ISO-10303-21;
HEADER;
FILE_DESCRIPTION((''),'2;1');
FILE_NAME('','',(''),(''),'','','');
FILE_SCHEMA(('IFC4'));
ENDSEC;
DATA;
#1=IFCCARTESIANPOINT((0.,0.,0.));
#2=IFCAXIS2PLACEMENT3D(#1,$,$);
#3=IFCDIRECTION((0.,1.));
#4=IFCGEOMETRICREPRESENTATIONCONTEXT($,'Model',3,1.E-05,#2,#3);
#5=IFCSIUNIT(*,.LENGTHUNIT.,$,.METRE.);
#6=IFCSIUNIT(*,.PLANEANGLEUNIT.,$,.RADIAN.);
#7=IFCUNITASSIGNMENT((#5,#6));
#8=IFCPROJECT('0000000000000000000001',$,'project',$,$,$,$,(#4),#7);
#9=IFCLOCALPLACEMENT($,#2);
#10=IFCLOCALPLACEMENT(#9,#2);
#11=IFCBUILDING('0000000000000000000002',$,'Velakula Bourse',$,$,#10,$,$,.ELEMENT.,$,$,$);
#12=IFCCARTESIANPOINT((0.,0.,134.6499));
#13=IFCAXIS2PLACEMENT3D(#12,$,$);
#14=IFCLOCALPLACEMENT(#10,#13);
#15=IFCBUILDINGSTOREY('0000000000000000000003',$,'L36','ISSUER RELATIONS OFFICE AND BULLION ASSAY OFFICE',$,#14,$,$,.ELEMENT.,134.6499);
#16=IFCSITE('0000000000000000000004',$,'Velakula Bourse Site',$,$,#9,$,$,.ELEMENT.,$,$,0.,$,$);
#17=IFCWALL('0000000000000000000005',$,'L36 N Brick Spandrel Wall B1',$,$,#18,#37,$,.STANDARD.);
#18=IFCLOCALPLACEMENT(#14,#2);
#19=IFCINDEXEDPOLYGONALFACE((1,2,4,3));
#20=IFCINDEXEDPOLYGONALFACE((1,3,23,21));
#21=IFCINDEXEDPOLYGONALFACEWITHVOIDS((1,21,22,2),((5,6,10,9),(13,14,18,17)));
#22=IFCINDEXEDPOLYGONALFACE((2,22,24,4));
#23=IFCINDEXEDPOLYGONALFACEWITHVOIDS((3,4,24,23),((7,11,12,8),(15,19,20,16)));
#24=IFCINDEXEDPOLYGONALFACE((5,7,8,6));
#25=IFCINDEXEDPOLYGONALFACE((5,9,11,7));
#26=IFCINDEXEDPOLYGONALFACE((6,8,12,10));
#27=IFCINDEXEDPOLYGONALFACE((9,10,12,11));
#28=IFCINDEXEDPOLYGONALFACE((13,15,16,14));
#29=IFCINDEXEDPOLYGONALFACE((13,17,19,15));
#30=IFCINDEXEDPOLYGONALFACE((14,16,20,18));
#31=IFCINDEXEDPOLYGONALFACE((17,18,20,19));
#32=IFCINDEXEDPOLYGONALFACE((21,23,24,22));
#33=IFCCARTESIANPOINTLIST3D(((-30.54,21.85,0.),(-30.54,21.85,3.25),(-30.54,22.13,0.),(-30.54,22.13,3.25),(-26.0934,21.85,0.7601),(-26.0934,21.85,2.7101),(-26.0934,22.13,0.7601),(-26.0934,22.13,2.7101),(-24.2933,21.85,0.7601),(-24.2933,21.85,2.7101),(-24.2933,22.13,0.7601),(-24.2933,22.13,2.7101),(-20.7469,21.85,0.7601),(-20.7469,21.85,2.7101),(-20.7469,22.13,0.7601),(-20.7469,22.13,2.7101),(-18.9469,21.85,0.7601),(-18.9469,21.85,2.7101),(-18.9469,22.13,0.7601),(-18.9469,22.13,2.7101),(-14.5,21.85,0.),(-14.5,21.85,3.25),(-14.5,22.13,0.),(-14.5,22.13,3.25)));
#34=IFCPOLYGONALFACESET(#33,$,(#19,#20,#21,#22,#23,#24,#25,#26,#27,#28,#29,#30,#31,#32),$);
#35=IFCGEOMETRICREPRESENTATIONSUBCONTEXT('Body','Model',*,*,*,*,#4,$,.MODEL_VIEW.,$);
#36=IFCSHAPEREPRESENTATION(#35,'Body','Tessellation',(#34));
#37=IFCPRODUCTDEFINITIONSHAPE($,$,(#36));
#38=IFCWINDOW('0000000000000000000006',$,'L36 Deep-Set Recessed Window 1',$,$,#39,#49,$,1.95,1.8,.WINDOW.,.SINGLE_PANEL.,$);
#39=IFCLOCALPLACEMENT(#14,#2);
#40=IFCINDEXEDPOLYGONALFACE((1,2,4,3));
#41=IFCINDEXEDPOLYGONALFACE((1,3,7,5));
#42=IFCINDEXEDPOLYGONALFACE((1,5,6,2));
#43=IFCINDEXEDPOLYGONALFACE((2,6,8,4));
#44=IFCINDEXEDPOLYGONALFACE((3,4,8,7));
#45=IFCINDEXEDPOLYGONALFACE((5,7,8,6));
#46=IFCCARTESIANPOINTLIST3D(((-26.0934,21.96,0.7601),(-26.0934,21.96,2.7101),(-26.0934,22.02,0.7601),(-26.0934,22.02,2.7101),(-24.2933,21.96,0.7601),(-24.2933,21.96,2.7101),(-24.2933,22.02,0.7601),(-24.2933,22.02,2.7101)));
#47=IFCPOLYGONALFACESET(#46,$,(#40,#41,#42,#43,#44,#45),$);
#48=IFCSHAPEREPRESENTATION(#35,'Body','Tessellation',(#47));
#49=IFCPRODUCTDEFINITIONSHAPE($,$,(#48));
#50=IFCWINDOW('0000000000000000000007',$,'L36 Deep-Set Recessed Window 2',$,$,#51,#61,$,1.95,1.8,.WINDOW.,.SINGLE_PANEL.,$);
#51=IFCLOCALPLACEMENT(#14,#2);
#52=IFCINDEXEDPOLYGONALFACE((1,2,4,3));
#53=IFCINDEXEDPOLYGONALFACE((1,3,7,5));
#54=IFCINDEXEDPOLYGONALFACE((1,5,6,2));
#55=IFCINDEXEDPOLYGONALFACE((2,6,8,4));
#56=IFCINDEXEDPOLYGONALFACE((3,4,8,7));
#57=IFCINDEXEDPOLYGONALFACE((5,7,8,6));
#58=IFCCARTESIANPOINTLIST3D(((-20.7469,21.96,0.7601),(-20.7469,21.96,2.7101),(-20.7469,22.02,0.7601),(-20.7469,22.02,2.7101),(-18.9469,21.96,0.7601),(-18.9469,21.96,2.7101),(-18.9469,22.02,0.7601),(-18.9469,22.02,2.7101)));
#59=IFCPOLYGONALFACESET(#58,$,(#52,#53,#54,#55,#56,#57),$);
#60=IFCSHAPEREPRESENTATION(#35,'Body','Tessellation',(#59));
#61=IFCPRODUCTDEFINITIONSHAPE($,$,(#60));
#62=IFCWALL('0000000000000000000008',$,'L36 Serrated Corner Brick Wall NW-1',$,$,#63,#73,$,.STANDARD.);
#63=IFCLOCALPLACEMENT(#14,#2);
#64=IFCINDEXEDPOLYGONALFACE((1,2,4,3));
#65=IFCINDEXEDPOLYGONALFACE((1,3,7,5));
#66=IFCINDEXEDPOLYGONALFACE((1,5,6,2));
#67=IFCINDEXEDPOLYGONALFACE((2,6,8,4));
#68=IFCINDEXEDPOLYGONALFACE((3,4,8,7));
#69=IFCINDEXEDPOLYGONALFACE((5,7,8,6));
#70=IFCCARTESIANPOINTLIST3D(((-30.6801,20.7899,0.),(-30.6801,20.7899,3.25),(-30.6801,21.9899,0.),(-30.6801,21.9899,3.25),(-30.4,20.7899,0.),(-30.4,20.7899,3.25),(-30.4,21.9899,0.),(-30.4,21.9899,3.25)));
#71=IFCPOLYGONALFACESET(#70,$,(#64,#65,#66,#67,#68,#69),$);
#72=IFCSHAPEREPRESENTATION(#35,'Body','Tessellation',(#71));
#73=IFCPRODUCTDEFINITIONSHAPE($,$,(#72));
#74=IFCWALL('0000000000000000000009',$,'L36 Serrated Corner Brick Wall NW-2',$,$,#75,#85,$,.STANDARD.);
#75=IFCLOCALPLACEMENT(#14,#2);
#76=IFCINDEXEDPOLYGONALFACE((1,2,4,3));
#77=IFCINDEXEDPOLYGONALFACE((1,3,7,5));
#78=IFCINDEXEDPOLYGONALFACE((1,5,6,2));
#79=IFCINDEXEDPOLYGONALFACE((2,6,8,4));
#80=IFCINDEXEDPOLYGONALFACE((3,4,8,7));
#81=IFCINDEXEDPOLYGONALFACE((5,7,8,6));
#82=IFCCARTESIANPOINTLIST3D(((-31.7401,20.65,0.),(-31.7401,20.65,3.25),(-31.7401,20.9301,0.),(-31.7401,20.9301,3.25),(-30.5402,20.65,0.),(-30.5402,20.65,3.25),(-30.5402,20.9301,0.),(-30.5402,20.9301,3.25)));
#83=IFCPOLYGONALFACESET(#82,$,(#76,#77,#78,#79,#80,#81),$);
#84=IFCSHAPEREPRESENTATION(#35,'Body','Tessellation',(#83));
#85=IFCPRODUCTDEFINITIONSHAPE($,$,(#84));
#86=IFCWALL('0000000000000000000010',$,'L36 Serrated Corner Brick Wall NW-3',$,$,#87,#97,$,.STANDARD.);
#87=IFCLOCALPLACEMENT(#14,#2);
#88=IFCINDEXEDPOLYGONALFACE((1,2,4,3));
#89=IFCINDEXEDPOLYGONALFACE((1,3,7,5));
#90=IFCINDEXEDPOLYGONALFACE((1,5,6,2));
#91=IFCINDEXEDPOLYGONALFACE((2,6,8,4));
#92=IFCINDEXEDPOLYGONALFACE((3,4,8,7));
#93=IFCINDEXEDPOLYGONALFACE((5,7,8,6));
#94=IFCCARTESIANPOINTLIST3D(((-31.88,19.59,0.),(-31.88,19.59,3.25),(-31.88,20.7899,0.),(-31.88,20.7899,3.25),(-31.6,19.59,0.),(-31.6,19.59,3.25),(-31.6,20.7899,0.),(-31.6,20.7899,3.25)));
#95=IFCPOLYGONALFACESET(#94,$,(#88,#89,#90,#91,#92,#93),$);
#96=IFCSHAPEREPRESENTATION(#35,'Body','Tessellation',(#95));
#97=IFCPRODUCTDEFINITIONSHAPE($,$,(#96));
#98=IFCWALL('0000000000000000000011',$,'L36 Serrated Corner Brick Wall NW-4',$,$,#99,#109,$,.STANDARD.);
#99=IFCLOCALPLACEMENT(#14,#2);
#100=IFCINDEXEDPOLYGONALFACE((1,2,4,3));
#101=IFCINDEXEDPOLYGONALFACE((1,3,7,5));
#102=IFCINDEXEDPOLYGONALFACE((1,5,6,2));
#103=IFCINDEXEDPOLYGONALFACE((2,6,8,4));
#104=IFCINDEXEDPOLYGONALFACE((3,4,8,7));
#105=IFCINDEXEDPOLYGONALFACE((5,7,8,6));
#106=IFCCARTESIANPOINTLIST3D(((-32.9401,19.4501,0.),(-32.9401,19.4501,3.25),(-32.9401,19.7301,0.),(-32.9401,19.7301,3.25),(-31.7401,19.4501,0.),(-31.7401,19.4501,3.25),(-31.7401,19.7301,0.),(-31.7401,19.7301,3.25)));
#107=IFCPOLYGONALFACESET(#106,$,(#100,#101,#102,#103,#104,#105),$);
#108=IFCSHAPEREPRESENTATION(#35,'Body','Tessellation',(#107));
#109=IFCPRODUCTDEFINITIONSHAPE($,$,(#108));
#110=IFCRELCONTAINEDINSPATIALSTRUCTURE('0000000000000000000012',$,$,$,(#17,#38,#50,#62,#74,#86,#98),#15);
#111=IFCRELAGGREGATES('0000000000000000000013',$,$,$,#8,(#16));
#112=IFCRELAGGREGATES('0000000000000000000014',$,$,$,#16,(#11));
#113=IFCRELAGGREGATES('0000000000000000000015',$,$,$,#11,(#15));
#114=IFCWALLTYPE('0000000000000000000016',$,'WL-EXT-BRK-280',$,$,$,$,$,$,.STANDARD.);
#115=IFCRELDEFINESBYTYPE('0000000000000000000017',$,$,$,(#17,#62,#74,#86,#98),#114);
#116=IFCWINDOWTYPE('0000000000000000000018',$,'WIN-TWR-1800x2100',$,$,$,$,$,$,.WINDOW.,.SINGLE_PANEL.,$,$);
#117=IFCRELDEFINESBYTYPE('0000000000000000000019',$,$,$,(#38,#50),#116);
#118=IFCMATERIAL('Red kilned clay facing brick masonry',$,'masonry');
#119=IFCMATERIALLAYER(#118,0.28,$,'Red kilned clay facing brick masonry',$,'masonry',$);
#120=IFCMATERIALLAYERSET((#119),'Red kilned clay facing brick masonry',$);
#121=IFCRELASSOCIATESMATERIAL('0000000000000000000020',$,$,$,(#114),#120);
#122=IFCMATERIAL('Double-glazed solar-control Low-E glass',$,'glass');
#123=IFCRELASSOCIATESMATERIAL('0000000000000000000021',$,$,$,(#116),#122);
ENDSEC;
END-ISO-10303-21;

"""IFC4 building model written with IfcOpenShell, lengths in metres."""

from ifc_helpers import new_model, si_unit, direction, frame, frame_2d, origin, place, context, subcontext, project, spatial, rectangle, extrude, material, layer, layer_set, type_object, element, fill, save


model = new_model("IFC4")

# Units and contexts
model_context = context("Model", 3, precision=1e-05, world=origin(), true_north=direction((0.0, 1.0)))
body_context = subcontext(model_context, "Body", "Model", "MODEL_VIEW")
ifc_project = project(units=[si_unit("LENGTHUNIT", "METRE"), si_unit("PLANEANGLEUNIT", "RADIAN")], contexts=[model_context])

# Site, building, storey
site_placement = place(None, origin())
site = spatial("IfcSite", under=ifc_project, at=site_placement, Name="Velakula Bourse Site", CompositionType="ELEMENT", RefElevation=0.0)
building_placement = place(site_placement, origin())
building = spatial("IfcBuilding", under=site, at=building_placement, Name="Velakula Bourse", CompositionType="ELEMENT")
storey_placement = place(building_placement, frame((0.0, 0.0, 134.6499)))
storey = spatial("IfcBuildingStorey", under=building, at=storey_placement, Name="L36", Description="ISSUER RELATIONS OFFICE AND BULLION ASSAY OFFICE", CompositionType="ELEMENT", Elevation=134.6499)

# Wall, openings, windows
ifc_material_1 = material(Name="Red kilned clay facing brick masonry", Category="masonry")
ifc_layer = layer(ifc_material_1, 0.28, Name="Red kilned clay facing brick masonry", Category="masonry")
ifc_layer_set = layer_set([ifc_layer], Name="Red kilned clay facing brick masonry")
wall_type = type_object("IfcWallType", Name="WL-EXT-BRK-280", PredefinedType="STANDARD", material=ifc_layer_set)
wall_placement = place(storey_placement, frame((-30.54, 21.99, 0.0), z_axis=(0.0, 0.0, 1.0), x_axis=(1.0, 0.0, 0.0)))
wall = element("IfcWall", 1, at=wall_placement, inside=storey, type_object=wall_type, Name="L36 N Brick Spandrel Wall B1", PredefinedType="STANDARD", context=body_context, shape_type="SweptSolid", body=[
    extrude(rectangle(XDim=16.04, YDim=0.28, at=frame_2d((8.02, 0.0))), origin(), (0.0, 0.0, 1.0), 3.25),
])
opening_1_placement = place(wall_placement, frame((4.4468, 0.0, 0.76)))
opening_1 = element("IfcOpeningElement", 2, at=opening_1_placement, cuts=wall, PredefinedType="OPENING", context=body_context, shape_type="SweptSolid", body=[
    extrude(rectangle(XDim=1.8, YDim=1.95, at=frame_2d((0.8999, 0.9751))), frame((0.0, 0.1499, 0.0), z_axis=(0.0, -1.0, 0.0), x_axis=(1.0, 0.0, 0.0)), (0.0, 0.0, 1.0), 0.3),
])
opening_2_placement = place(wall_placement, frame((9.7932, 0.0, 0.76)))
opening_2 = element("IfcOpeningElement", 3, at=opening_2_placement, cuts=wall, PredefinedType="OPENING", context=body_context, shape_type="SweptSolid", body=[
    extrude(rectangle(XDim=1.8, YDim=1.95, at=frame_2d((0.8999, 0.9751))), frame((0.0, 0.1499, 0.0), z_axis=(0.0, -1.0, 0.0), x_axis=(1.0, 0.0, 0.0)), (0.0, 0.0, 1.0), 0.3),
])
ifc_material_2 = material(Name="Double-glazed solar-control Low-E glass", Category="glass")
window_type = type_object("IfcWindowType", Name="WIN-TWR-1800x2100", PartitioningType="SINGLE_PANEL", PredefinedType="WINDOW", material=ifc_material_2)
window_1_placement = place(opening_1_placement, origin())
window_1 = element("IfcWindow", 4, at=window_1_placement, inside=storey, type_object=window_type, Name="L36 Deep-Set Recessed Window 1", OverallHeight=1.95, OverallWidth=1.8, PartitioningType="SINGLE_PANEL", PredefinedType="WINDOW", context=body_context, shape_type="SweptSolid", body=[
    extrude(rectangle(XDim=1.8, YDim=1.95, at=frame_2d((0.8999, 0.9751))), frame((0.0, 0.03, 0.0), z_axis=(0.0, -1.0, 0.0), x_axis=(1.0, 0.0, 0.0)), (0.0, 0.0, 1.0), 0.0601),
])
fill(opening_1, window_1)
window_2_placement = place(opening_2_placement, origin())
window_2 = element("IfcWindow", 5, at=window_2_placement, inside=storey, type_object=window_type, Name="L36 Deep-Set Recessed Window 2", OverallHeight=1.95, OverallWidth=1.8, PartitioningType="SINGLE_PANEL", PredefinedType="WINDOW", context=body_context, shape_type="SweptSolid", body=[
    extrude(rectangle(XDim=1.8, YDim=1.95, at=frame_2d((0.8999, 0.9751))), frame((0.0, 0.03, 0.0), z_axis=(0.0, -1.0, 0.0), x_axis=(1.0, 0.0, 0.0)), (0.0, 0.0, 1.0), 0.0601),
])
fill(opening_2, window_2)

# Walls
for number, where, z_axis, x_axis, name in (
    (6, (-30.54, 21.99, 0.0), (0.0, 0.0, 1.0), (0.0, -1.0, 0.0), "L36 Serrated Corner Brick Wall NW-1"),
    (7, (-30.54, 20.79, 0.0), (0.0, 0.0, 1.0), (-1.0, 0.0, 0.0), "L36 Serrated Corner Brick Wall NW-2"),
    (8, (-31.74, 20.79, 0.0), (0.0, 0.0, 1.0), (0.0, -1.0, 0.0), "L36 Serrated Corner Brick Wall NW-3"),
    (9, (-31.74, 19.5901, 0.0), (0.0, 0.0, 1.0), (-1.0, 0.0, 0.0), "L36 Serrated Corner Brick Wall NW-4"),
):
    element("IfcWall", number, at=place(storey_placement, frame(where, z_axis=z_axis, x_axis=x_axis)), inside=storey, type_object=wall_type, Name=name, PredefinedType="STANDARD", context=body_context, shape_type="SweptSolid", body=[
        extrude(rectangle(XDim=1.2, YDim=0.28, at=frame_2d((0.6001, 0.0))), origin(), (0.0, 0.0, 1.0), 3.25),
    ])

save(model, "model.ifc")
